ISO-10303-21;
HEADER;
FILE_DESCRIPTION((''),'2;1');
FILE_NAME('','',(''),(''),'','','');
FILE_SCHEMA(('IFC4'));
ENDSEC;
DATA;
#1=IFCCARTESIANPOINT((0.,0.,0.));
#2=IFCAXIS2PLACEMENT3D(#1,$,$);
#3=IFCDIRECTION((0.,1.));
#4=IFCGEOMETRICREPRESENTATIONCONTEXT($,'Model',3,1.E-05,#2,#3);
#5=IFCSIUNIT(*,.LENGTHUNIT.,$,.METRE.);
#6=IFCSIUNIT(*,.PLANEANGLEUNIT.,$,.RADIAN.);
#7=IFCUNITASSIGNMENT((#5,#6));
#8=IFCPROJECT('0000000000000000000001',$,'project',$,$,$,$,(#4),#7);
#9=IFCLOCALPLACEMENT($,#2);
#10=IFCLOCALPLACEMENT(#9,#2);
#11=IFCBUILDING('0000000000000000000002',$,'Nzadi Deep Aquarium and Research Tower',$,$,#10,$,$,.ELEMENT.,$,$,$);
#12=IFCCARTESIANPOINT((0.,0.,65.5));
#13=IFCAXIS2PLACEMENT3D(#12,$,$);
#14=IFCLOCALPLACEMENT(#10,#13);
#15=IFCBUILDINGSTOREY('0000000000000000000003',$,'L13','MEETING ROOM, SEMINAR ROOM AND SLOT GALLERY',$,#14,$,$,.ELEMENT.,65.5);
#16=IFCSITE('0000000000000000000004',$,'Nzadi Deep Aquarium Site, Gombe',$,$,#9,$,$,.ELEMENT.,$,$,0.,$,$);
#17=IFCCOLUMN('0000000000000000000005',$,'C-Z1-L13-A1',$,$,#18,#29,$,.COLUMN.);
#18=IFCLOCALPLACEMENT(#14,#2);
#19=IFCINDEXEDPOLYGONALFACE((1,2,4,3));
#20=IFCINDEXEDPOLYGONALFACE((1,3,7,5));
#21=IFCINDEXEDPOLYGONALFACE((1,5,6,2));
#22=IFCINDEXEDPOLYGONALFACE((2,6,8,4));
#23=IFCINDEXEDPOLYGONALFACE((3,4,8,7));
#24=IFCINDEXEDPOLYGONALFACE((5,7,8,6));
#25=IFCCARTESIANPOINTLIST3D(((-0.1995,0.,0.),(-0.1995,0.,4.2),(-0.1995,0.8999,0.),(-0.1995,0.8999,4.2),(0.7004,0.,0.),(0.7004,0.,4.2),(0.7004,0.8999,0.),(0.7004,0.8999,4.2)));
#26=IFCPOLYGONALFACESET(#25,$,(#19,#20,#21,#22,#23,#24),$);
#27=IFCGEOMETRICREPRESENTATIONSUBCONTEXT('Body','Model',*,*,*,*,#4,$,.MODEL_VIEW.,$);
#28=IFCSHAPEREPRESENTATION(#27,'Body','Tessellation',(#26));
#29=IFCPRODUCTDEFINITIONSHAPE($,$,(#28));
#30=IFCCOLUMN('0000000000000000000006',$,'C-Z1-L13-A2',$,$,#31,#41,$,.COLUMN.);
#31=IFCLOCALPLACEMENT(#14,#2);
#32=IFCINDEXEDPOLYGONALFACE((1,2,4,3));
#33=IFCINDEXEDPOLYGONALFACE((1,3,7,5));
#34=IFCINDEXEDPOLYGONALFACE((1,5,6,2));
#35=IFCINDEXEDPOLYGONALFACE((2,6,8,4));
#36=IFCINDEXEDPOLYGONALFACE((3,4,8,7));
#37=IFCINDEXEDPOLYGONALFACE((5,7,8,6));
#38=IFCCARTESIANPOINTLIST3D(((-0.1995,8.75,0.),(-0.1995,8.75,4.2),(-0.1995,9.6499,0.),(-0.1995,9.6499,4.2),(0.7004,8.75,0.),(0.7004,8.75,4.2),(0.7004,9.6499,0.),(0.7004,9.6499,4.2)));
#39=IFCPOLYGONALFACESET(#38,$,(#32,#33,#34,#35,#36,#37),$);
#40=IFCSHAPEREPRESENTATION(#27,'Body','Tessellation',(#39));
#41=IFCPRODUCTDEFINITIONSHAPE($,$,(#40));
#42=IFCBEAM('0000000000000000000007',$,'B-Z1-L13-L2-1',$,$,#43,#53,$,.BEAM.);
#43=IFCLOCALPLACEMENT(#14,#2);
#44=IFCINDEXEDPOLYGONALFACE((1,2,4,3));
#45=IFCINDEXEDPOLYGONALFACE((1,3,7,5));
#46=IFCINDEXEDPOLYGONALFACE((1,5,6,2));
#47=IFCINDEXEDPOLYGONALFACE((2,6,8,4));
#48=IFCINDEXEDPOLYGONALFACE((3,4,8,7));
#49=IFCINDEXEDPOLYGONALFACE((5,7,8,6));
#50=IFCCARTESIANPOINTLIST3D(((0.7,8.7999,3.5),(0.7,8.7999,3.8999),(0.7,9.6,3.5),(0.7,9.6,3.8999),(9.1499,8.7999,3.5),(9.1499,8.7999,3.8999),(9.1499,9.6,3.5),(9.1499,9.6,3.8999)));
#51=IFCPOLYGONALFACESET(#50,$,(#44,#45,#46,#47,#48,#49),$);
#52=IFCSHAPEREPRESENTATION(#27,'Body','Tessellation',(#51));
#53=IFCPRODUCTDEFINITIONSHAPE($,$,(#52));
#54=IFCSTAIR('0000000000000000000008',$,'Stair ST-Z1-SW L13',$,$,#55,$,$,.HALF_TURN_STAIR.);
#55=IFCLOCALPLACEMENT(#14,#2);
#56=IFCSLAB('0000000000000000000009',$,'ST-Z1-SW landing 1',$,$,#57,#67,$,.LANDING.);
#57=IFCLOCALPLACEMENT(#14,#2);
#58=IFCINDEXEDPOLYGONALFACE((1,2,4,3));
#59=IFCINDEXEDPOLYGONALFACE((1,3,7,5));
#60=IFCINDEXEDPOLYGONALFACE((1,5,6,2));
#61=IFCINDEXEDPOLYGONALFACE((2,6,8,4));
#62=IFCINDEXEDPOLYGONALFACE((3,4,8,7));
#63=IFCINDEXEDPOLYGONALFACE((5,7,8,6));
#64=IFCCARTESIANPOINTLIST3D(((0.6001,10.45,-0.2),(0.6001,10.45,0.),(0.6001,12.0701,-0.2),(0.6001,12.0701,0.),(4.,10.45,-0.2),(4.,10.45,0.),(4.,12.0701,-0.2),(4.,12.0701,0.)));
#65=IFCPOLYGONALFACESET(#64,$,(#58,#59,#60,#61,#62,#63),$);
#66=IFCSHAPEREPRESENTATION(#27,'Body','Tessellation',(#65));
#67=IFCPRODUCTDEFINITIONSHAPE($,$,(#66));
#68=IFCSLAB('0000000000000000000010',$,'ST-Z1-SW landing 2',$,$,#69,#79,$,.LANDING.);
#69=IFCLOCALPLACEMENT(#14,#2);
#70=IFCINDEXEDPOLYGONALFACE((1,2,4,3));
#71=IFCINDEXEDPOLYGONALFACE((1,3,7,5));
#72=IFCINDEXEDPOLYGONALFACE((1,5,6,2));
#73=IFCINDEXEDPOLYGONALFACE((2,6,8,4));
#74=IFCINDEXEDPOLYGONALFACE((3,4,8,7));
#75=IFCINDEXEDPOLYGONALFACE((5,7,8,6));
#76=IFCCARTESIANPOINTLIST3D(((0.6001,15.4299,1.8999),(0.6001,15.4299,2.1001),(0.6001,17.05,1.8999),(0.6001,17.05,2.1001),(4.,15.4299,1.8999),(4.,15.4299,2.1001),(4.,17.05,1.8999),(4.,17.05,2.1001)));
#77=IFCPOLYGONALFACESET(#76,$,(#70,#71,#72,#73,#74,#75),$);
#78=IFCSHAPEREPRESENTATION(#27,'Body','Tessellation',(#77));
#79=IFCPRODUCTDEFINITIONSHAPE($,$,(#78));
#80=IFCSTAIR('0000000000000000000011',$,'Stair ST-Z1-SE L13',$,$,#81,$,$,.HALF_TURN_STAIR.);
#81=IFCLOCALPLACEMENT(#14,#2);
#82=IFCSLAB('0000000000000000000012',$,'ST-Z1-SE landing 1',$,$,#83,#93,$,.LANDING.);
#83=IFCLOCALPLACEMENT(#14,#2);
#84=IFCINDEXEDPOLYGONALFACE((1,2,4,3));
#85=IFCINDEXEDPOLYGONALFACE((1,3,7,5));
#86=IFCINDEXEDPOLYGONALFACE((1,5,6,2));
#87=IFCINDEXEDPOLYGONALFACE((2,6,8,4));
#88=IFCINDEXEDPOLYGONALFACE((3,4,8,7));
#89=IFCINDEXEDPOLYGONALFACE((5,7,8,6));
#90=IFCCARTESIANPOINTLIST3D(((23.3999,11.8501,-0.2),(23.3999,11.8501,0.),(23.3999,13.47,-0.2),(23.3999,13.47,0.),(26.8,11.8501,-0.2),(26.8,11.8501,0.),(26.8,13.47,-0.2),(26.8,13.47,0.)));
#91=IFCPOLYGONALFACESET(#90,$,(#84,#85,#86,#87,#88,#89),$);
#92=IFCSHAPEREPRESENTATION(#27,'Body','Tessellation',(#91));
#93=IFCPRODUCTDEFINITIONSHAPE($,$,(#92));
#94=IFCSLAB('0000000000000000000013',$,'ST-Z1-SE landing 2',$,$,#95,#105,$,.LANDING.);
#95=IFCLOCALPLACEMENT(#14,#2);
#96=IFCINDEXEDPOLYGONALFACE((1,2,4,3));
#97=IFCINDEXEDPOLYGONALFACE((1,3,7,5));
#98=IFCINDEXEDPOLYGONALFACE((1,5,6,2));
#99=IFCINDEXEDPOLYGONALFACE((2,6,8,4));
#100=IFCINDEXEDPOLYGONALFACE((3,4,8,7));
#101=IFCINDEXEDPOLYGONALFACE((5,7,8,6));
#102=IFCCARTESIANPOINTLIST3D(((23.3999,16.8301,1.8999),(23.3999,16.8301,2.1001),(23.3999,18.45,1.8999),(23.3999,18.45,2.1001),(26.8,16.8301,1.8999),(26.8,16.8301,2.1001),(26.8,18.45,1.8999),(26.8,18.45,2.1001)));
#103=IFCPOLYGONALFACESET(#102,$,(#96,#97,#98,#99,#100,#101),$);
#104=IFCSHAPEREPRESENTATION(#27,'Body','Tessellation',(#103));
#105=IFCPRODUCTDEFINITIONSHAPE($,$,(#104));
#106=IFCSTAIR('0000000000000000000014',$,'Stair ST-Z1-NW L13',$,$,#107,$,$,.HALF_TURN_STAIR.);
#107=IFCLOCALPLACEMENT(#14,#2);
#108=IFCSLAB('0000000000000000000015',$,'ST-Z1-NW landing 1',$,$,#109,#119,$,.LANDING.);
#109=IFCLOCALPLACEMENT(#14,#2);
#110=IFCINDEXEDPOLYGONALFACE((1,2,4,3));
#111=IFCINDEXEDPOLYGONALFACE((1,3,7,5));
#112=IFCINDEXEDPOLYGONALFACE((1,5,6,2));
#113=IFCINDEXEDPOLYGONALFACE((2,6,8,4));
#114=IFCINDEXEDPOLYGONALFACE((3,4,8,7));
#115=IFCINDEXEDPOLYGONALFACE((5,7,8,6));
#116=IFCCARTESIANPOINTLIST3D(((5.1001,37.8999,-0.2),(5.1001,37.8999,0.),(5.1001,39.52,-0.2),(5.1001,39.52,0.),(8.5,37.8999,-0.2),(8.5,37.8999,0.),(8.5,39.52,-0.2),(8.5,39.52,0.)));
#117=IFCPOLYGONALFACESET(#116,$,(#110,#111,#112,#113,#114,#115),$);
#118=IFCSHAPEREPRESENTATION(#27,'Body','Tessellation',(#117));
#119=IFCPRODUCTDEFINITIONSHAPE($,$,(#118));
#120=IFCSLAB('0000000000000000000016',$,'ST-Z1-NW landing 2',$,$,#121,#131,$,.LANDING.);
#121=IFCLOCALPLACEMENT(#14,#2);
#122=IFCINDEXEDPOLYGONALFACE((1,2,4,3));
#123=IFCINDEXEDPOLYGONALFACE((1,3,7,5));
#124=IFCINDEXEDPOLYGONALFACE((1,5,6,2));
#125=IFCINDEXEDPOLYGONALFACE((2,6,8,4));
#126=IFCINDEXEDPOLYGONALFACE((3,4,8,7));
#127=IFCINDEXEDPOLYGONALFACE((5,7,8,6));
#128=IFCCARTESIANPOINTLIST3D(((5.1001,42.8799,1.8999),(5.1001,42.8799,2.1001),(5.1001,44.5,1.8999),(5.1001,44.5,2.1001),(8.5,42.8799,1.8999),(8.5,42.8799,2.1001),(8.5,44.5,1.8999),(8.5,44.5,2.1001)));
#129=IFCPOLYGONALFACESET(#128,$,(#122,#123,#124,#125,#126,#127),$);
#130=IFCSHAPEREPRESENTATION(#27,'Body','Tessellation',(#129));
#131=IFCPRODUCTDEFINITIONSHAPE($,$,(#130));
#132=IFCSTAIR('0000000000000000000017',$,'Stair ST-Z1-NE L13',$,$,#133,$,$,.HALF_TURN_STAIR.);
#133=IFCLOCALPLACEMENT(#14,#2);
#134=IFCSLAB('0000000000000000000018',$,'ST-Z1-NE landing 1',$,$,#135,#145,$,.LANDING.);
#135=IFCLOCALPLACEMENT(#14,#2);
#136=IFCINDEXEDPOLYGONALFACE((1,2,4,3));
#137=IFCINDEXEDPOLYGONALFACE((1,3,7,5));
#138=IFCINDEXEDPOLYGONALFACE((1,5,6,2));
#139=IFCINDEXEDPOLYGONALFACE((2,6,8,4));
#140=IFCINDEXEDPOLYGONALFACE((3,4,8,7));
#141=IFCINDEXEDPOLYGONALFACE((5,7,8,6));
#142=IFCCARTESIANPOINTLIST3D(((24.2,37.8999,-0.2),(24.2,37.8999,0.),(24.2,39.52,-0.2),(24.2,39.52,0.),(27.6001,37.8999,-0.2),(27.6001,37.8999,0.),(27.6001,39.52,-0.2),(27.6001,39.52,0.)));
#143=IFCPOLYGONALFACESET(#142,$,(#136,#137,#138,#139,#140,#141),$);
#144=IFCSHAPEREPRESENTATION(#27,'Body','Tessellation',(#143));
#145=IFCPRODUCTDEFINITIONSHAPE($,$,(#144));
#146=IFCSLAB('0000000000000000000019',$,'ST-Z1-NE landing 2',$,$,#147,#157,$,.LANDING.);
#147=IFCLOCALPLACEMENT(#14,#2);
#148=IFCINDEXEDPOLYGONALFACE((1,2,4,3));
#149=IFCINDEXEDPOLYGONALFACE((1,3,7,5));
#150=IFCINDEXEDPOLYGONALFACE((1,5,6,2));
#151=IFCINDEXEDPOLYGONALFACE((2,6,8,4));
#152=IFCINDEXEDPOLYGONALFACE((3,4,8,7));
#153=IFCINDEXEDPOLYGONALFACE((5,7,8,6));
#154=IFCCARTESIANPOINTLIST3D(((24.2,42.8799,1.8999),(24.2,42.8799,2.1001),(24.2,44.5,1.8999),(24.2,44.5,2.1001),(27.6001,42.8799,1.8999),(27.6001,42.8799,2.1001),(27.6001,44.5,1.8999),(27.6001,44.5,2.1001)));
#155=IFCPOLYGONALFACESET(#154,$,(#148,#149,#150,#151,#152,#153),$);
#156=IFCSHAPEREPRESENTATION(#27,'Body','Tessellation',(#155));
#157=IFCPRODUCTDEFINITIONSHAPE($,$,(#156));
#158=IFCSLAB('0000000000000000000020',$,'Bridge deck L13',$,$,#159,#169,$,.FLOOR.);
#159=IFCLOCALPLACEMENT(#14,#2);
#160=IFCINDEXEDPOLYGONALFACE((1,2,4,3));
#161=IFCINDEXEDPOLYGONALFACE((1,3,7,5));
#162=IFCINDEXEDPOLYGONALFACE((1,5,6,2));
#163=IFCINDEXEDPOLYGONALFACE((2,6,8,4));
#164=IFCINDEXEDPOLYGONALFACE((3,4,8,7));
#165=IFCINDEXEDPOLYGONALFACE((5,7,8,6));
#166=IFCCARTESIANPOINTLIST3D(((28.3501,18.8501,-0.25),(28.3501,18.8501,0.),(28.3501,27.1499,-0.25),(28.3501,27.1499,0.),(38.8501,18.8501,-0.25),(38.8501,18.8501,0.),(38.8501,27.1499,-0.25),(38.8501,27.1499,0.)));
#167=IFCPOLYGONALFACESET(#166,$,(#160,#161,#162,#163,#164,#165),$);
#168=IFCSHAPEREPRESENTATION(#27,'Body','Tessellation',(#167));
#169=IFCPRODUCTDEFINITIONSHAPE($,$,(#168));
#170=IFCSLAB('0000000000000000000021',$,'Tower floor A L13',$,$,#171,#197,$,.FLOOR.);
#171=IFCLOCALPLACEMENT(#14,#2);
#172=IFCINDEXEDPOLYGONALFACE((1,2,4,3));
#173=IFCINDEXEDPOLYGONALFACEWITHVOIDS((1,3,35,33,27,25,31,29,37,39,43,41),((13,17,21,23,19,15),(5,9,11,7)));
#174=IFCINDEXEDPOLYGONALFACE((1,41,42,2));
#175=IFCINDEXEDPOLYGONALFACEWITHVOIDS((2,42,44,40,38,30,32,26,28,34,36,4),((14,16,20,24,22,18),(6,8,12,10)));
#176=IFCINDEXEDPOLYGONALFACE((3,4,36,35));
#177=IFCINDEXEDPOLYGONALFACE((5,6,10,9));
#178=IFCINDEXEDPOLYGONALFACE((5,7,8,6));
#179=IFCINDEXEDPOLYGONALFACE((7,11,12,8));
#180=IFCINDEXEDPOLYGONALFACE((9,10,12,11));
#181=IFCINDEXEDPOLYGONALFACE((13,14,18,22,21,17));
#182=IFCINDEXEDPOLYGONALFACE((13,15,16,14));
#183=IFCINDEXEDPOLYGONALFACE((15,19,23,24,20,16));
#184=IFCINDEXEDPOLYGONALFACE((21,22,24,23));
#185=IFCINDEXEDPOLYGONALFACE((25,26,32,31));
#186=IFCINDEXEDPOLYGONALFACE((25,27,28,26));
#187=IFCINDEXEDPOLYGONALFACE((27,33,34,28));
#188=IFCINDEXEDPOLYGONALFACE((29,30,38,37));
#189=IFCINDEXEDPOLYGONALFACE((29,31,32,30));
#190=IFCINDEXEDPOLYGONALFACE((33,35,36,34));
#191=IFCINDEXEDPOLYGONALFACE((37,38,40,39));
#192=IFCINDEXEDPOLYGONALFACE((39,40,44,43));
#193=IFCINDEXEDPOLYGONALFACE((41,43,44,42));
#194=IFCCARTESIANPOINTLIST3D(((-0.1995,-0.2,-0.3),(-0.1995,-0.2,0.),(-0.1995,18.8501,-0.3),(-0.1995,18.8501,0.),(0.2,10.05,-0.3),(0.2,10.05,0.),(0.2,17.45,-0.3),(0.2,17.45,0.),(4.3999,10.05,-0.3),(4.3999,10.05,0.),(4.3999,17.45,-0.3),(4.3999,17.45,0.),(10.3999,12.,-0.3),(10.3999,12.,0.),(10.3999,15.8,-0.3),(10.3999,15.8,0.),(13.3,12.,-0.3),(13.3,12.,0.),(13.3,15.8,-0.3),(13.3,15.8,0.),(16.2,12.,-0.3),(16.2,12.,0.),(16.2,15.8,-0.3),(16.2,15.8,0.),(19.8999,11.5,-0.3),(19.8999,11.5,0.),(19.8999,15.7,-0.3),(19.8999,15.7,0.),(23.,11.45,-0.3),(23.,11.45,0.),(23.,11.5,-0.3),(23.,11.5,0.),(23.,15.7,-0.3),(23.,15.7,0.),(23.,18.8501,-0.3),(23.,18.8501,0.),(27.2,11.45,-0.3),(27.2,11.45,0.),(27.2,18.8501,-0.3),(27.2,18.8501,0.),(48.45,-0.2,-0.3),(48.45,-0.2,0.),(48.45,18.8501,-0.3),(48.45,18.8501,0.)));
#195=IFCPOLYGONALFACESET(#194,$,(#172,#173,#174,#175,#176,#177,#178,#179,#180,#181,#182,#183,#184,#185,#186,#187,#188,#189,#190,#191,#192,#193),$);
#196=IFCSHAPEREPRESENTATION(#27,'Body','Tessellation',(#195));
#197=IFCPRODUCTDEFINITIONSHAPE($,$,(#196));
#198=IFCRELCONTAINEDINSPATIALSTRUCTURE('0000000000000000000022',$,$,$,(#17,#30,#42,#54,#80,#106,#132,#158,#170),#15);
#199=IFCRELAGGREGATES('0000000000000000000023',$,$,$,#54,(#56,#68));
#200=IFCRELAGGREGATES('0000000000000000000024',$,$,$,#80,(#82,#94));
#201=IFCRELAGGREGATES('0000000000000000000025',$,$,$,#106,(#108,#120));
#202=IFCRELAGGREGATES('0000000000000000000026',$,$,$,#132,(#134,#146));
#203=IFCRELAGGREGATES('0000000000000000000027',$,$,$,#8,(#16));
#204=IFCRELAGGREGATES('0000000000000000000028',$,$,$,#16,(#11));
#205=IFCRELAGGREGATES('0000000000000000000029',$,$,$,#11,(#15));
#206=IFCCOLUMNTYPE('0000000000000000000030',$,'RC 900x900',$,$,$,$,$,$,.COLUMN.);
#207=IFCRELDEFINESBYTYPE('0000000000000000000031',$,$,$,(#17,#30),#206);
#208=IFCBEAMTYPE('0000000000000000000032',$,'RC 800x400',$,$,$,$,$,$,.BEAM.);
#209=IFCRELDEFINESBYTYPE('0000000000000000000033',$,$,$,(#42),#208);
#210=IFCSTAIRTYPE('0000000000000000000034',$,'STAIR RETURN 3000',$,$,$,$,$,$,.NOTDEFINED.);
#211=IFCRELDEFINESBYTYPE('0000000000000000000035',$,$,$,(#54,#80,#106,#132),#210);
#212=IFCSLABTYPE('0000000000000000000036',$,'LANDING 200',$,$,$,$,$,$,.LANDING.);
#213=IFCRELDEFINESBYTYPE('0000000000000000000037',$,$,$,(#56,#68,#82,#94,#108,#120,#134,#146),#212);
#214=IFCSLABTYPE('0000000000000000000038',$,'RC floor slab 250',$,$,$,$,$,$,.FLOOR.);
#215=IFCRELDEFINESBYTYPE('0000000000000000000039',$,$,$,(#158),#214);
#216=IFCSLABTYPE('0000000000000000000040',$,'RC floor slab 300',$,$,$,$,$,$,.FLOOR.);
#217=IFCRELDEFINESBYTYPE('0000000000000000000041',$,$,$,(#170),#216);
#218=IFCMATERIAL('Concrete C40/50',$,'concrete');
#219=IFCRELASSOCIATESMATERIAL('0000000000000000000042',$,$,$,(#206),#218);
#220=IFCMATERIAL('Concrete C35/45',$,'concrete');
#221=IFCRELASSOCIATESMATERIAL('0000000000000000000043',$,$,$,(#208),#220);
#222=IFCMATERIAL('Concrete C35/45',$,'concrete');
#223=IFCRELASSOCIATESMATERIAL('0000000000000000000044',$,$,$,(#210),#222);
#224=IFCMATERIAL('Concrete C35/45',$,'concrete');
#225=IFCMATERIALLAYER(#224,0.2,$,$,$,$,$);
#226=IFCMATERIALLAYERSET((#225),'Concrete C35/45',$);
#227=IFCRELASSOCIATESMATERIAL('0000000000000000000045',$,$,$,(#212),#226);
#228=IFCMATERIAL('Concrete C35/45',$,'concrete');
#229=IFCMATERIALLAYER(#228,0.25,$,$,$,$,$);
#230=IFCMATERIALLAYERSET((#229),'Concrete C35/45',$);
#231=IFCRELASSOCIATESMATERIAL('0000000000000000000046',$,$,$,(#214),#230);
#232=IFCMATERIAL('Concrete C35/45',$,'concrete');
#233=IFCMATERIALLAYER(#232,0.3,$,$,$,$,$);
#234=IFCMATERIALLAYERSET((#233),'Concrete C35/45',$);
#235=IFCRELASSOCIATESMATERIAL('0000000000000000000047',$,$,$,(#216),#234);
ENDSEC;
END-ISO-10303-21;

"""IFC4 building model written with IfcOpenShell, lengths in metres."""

from ifc_helpers import new_model, si_unit, direction, frame, origin, origin_2d, place, context, subcontext, project, spatial, polyline, rectangle, outline, extrude, material, layer, layer_set, material_profile, profile_set, type_object, element, aggregate, save


model = new_model("IFC4")

# Units and contexts
model_context = context("Model", 3, precision=1e-05, world=origin(), true_north=direction((0.0, 1.0)))
body_context = subcontext(model_context, "Body", "Model", "MODEL_VIEW")
ifc_project = project(units=[si_unit("LENGTHUNIT", "METRE"), si_unit("PLANEANGLEUNIT", "RADIAN")], contexts=[model_context])

# Site, building, storey
site_placement = place(None, origin())
site = spatial("IfcSite", under=ifc_project, at=site_placement, Name="Nzadi Deep Aquarium Site, Gombe", CompositionType="ELEMENT", RefElevation=0.0)
building_placement = place(site_placement, origin())
building = spatial("IfcBuilding", under=site, at=building_placement, Name="Nzadi Deep Aquarium and Research Tower", CompositionType="ELEMENT")
storey_placement = place(building_placement, frame((0.0, 0.0, 65.5)))
storey = spatial("IfcBuildingStorey", under=building, at=storey_placement, Name="L13", Description="MEETING ROOM, SEMINAR ROOM AND SLOT GALLERY", CompositionType="ELEMENT", Elevation=65.5)

# Columns
ifc_material_1 = material(Name="Concrete C40/50", Category="concrete")
ifc_material_profile_1 = material_profile(ifc_material_1, rectangle(XDim=0.8999, YDim=0.8999, at=origin_2d()))
ifc_profile_set_1 = profile_set([ifc_material_profile_1], Name="Concrete C40/50")
column_type = type_object("IfcColumnType", Name="RC 900x900", PredefinedType="COLUMN", material=ifc_profile_set_1)
for number, where, z_axis, x_axis, name in (
    (1, (0.2505, 0.45, 0.0), (0.0, 0.0, 1.0), (1.0, 0.0, 0.0), "C-Z1-L13-A1"),
    (2, (0.2505, 9.2, 0.0), (0.0, 0.0, 1.0), (1.0, 0.0, 0.0), "C-Z1-L13-A2"),
):
    element("IfcColumn", number, at=place(storey_placement, frame(where, z_axis=z_axis, x_axis=x_axis)), inside=storey, type_object=column_type, Name=name, PredefinedType="COLUMN", context=body_context, shape_type="SweptSolid", body=[
        extrude(rectangle(XDim=0.8999, YDim=0.8999, at=origin_2d()), origin(), (0.0, 0.0, 1.0), 4.2),
    ])

# Beam
ifc_material_2 = material(Name="Concrete C35/45", Category="concrete")
ifc_material_profile_2 = material_profile(ifc_material_2, rectangle(XDim=0.8, YDim=0.3999, at=origin_2d()))
ifc_profile_set_2 = profile_set([ifc_material_profile_2], Name="Concrete C35/45")
beam_type = type_object("IfcBeamType", Name="RC 800x400", PredefinedType="BEAM", material=ifc_profile_set_2)
beam_placement = place(storey_placement, frame((0.7, 9.2, 3.7), z_axis=(1.0, 0.0, 0.0), x_axis=(0.0, 1.0, 0.0)))
element("IfcBeam", 3, at=beam_placement, inside=storey, type_object=beam_type, Name="B-Z1-L13-L2-1", PredefinedType="BEAM", context=body_context, shape_type="SweptSolid", body=[
    extrude(rectangle(XDim=0.8, YDim=0.3999, at=origin_2d()), origin(), (0.0, 0.0, 1.0), 8.45),
])

# Stairs, slabs
ifc_material_3 = material(Name="Concrete C35/45", Category="concrete")
stair_type = type_object("IfcStairType", Name="STAIR RETURN 3000", PredefinedType="NOTDEFINED", material=ifc_material_3)
stair_1_placement = place(storey_placement, origin())
stair_1 = element("IfcStair", 4, at=stair_1_placement, inside=storey, type_object=stair_type, Name="Stair ST-Z1-SW L13", PredefinedType="HALF_TURN_STAIR")
ifc_material_4 = material(Name="Concrete C35/45", Category="concrete")
ifc_layer_1 = layer(ifc_material_4, 0.2)
ifc_layer_set_1 = layer_set([ifc_layer_1], Name="Concrete C35/45")
slab_type_1 = type_object("IfcSlabType", Name="LANDING 200", PredefinedType="LANDING", material=ifc_layer_set_1)
slab_1_placement = place(storey_placement, frame((0.0, 0.0, -0.2)))
slab_1 = element("IfcSlab", 5, at=slab_1_placement, type_object=slab_type_1, Name="ST-Z1-SW landing 1", PredefinedType="LANDING", context=body_context, shape_type="SweptSolid", body=[
    extrude(outline(polyline([(0.6001, 10.45), (4.0, 10.45), (4.0, 12.0701), (0.6001, 12.0701), (0.6001, 10.45)])), origin(), (0.0, 0.0, 1.0), 0.2),
])
slab_2_placement = place(storey_placement, frame((0.0, 0.0, 1.8999)))
slab_2 = element("IfcSlab", 6, at=slab_2_placement, type_object=slab_type_1, Name="ST-Z1-SW landing 2", PredefinedType="LANDING", context=body_context, shape_type="SweptSolid", body=[
    extrude(outline(polyline([(0.6001, 15.4299), (4.0, 15.4299), (4.0, 17.05), (0.6001, 17.05), (0.6001, 15.4299)])), origin(), (0.0, 0.0, 1.0), 0.2002),
])
aggregate(stair_1, [slab_1, slab_2])
stair_2_placement = place(storey_placement, origin())
stair_2 = element("IfcStair", 7, at=stair_2_placement, inside=storey, type_object=stair_type, Name="Stair ST-Z1-SE L13", PredefinedType="HALF_TURN_STAIR")
slab_3_placement = place(storey_placement, frame((0.0, 0.0, -0.2)))
slab_3 = element("IfcSlab", 8, at=slab_3_placement, type_object=slab_type_1, Name="ST-Z1-SE landing 1", PredefinedType="LANDING", context=body_context, shape_type="SweptSolid", body=[
    extrude(outline(polyline([(23.3999, 11.8501), (26.8, 11.8501), (26.8, 13.47), (23.3999, 13.47), (23.3999, 11.8501)])), origin(), (0.0, 0.0, 1.0), 0.2),
])
slab_4_placement = place(storey_placement, frame((0.0, 0.0, 1.8999)))
slab_4 = element("IfcSlab", 9, at=slab_4_placement, type_object=slab_type_1, Name="ST-Z1-SE landing 2", PredefinedType="LANDING", context=body_context, shape_type="SweptSolid", body=[
    extrude(outline(polyline([(23.3999, 16.8301), (26.8, 16.8301), (26.8, 18.45), (23.3999, 18.45), (23.3999, 16.8301)])), origin(), (0.0, 0.0, 1.0), 0.2002),
])
aggregate(stair_2, [slab_3, slab_4])
stair_3_placement = place(storey_placement, origin())
stair_3 = element("IfcStair", 10, at=stair_3_placement, inside=storey, type_object=stair_type, Name="Stair ST-Z1-NW L13", PredefinedType="HALF_TURN_STAIR")
slab_5_placement = place(storey_placement, frame((0.0, 0.0, -0.2)))
slab_5 = element("IfcSlab", 11, at=slab_5_placement, type_object=slab_type_1, Name="ST-Z1-NW landing 1", PredefinedType="LANDING", context=body_context, shape_type="SweptSolid", body=[
    extrude(outline(polyline([(5.1001, 37.8999), (8.5, 37.8999), (8.5, 39.52), (5.1001, 39.52), (5.1001, 37.8999)])), origin(), (0.0, 0.0, 1.0), 0.2),
])
slab_6_placement = place(storey_placement, frame((0.0, 0.0, 1.8999)))
slab_6 = element("IfcSlab", 12, at=slab_6_placement, type_object=slab_type_1, Name="ST-Z1-NW landing 2", PredefinedType="LANDING", context=body_context, shape_type="SweptSolid", body=[
    extrude(outline(polyline([(5.1001, 42.8799), (8.5, 42.8799), (8.5, 44.5), (5.1001, 44.5), (5.1001, 42.8799)])), origin(), (0.0, 0.0, 1.0), 0.2002),
])
aggregate(stair_3, [slab_5, slab_6])
stair_4_placement = place(storey_placement, origin())
stair_4 = element("IfcStair", 13, at=stair_4_placement, inside=storey, type_object=stair_type, Name="Stair ST-Z1-NE L13", PredefinedType="HALF_TURN_STAIR")
slab_7_placement = place(storey_placement, frame((0.0, 0.0, -0.2)))
slab_7 = element("IfcSlab", 14, at=slab_7_placement, type_object=slab_type_1, Name="ST-Z1-NE landing 1", PredefinedType="LANDING", context=body_context, shape_type="SweptSolid", body=[
    extrude(outline(polyline([(24.2, 37.8999), (27.6001, 37.8999), (27.6001, 39.52), (24.2, 39.52), (24.2, 37.8999)])), origin(), (0.0, 0.0, 1.0), 0.2),
])
slab_8_placement = place(storey_placement, frame((0.0, 0.0, 1.8999)))
slab_8 = element("IfcSlab", 15, at=slab_8_placement, type_object=slab_type_1, Name="ST-Z1-NE landing 2", PredefinedType="LANDING", context=body_context, shape_type="SweptSolid", body=[
    extrude(outline(polyline([(24.2, 42.8799), (27.6001, 42.8799), (27.6001, 44.5), (24.2, 44.5), (24.2, 42.8799)])), origin(), (0.0, 0.0, 1.0), 0.2002),
])
aggregate(stair_4, [slab_7, slab_8])

# Slabs
ifc_material_5 = material(Name="Concrete C35/45", Category="concrete")
ifc_layer_2 = layer(ifc_material_5, 0.25)
ifc_layer_set_2 = layer_set([ifc_layer_2], Name="Concrete C35/45")
slab_type_2 = type_object("IfcSlabType", Name="RC floor slab 250", PredefinedType="FLOOR", material=ifc_layer_set_2)
slab_9_placement = place(storey_placement, frame((0.0, 0.0, -0.25)))
element("IfcSlab", 16, at=slab_9_placement, inside=storey, type_object=slab_type_2, Name="Bridge deck L13", PredefinedType="FLOOR", context=body_context, shape_type="SweptSolid", body=[
    extrude(outline(polyline([(38.8501, 18.8501), (38.8501, 27.1499), (28.3501, 27.1499), (28.3501, 18.8501), (38.8501, 18.8501)])), origin(), (0.0, 0.0, 1.0), 0.25),
])
ifc_material_6 = material(Name="Concrete C35/45", Category="concrete")
ifc_layer_3 = layer(ifc_material_6, 0.3)
ifc_layer_set_3 = layer_set([ifc_layer_3], Name="Concrete C35/45")
slab_type_3 = type_object("IfcSlabType", Name="RC floor slab 300", PredefinedType="FLOOR", material=ifc_layer_set_3)
slab_10_placement = place(storey_placement, frame((0.0, 0.0, -0.3)))
element("IfcSlab", 17, at=slab_10_placement, inside=storey, type_object=slab_type_3, Name="Tower floor A L13", PredefinedType="FLOOR", context=body_context, shape_type="SweptSolid", body=[
    extrude(outline(polyline([(27.2, 11.45), (23.0, 11.45), (23.0, 11.5), (19.8999, 11.5), (19.8999, 15.7), (23.0, 15.7), (23.0, 18.8501), (-0.1995, 18.8501), (-0.1995, -0.2), (48.45, -0.2), (48.45, 18.8501), (27.2, 18.8501), (27.2, 11.45)]), holes=[polyline([(4.3999, 17.45), (4.3999, 10.05), (0.2, 10.05), (0.2, 17.45), (4.3999, 17.45)]), polyline([(10.3999, 12.0), (10.3999, 15.8), (13.3, 15.8), (16.2, 15.8), (16.2, 12.0), (13.3, 12.0), (10.3999, 12.0)])]), origin(), (0.0, 0.0, 1.0), 0.3),
])

save(model, "model.ifc")
